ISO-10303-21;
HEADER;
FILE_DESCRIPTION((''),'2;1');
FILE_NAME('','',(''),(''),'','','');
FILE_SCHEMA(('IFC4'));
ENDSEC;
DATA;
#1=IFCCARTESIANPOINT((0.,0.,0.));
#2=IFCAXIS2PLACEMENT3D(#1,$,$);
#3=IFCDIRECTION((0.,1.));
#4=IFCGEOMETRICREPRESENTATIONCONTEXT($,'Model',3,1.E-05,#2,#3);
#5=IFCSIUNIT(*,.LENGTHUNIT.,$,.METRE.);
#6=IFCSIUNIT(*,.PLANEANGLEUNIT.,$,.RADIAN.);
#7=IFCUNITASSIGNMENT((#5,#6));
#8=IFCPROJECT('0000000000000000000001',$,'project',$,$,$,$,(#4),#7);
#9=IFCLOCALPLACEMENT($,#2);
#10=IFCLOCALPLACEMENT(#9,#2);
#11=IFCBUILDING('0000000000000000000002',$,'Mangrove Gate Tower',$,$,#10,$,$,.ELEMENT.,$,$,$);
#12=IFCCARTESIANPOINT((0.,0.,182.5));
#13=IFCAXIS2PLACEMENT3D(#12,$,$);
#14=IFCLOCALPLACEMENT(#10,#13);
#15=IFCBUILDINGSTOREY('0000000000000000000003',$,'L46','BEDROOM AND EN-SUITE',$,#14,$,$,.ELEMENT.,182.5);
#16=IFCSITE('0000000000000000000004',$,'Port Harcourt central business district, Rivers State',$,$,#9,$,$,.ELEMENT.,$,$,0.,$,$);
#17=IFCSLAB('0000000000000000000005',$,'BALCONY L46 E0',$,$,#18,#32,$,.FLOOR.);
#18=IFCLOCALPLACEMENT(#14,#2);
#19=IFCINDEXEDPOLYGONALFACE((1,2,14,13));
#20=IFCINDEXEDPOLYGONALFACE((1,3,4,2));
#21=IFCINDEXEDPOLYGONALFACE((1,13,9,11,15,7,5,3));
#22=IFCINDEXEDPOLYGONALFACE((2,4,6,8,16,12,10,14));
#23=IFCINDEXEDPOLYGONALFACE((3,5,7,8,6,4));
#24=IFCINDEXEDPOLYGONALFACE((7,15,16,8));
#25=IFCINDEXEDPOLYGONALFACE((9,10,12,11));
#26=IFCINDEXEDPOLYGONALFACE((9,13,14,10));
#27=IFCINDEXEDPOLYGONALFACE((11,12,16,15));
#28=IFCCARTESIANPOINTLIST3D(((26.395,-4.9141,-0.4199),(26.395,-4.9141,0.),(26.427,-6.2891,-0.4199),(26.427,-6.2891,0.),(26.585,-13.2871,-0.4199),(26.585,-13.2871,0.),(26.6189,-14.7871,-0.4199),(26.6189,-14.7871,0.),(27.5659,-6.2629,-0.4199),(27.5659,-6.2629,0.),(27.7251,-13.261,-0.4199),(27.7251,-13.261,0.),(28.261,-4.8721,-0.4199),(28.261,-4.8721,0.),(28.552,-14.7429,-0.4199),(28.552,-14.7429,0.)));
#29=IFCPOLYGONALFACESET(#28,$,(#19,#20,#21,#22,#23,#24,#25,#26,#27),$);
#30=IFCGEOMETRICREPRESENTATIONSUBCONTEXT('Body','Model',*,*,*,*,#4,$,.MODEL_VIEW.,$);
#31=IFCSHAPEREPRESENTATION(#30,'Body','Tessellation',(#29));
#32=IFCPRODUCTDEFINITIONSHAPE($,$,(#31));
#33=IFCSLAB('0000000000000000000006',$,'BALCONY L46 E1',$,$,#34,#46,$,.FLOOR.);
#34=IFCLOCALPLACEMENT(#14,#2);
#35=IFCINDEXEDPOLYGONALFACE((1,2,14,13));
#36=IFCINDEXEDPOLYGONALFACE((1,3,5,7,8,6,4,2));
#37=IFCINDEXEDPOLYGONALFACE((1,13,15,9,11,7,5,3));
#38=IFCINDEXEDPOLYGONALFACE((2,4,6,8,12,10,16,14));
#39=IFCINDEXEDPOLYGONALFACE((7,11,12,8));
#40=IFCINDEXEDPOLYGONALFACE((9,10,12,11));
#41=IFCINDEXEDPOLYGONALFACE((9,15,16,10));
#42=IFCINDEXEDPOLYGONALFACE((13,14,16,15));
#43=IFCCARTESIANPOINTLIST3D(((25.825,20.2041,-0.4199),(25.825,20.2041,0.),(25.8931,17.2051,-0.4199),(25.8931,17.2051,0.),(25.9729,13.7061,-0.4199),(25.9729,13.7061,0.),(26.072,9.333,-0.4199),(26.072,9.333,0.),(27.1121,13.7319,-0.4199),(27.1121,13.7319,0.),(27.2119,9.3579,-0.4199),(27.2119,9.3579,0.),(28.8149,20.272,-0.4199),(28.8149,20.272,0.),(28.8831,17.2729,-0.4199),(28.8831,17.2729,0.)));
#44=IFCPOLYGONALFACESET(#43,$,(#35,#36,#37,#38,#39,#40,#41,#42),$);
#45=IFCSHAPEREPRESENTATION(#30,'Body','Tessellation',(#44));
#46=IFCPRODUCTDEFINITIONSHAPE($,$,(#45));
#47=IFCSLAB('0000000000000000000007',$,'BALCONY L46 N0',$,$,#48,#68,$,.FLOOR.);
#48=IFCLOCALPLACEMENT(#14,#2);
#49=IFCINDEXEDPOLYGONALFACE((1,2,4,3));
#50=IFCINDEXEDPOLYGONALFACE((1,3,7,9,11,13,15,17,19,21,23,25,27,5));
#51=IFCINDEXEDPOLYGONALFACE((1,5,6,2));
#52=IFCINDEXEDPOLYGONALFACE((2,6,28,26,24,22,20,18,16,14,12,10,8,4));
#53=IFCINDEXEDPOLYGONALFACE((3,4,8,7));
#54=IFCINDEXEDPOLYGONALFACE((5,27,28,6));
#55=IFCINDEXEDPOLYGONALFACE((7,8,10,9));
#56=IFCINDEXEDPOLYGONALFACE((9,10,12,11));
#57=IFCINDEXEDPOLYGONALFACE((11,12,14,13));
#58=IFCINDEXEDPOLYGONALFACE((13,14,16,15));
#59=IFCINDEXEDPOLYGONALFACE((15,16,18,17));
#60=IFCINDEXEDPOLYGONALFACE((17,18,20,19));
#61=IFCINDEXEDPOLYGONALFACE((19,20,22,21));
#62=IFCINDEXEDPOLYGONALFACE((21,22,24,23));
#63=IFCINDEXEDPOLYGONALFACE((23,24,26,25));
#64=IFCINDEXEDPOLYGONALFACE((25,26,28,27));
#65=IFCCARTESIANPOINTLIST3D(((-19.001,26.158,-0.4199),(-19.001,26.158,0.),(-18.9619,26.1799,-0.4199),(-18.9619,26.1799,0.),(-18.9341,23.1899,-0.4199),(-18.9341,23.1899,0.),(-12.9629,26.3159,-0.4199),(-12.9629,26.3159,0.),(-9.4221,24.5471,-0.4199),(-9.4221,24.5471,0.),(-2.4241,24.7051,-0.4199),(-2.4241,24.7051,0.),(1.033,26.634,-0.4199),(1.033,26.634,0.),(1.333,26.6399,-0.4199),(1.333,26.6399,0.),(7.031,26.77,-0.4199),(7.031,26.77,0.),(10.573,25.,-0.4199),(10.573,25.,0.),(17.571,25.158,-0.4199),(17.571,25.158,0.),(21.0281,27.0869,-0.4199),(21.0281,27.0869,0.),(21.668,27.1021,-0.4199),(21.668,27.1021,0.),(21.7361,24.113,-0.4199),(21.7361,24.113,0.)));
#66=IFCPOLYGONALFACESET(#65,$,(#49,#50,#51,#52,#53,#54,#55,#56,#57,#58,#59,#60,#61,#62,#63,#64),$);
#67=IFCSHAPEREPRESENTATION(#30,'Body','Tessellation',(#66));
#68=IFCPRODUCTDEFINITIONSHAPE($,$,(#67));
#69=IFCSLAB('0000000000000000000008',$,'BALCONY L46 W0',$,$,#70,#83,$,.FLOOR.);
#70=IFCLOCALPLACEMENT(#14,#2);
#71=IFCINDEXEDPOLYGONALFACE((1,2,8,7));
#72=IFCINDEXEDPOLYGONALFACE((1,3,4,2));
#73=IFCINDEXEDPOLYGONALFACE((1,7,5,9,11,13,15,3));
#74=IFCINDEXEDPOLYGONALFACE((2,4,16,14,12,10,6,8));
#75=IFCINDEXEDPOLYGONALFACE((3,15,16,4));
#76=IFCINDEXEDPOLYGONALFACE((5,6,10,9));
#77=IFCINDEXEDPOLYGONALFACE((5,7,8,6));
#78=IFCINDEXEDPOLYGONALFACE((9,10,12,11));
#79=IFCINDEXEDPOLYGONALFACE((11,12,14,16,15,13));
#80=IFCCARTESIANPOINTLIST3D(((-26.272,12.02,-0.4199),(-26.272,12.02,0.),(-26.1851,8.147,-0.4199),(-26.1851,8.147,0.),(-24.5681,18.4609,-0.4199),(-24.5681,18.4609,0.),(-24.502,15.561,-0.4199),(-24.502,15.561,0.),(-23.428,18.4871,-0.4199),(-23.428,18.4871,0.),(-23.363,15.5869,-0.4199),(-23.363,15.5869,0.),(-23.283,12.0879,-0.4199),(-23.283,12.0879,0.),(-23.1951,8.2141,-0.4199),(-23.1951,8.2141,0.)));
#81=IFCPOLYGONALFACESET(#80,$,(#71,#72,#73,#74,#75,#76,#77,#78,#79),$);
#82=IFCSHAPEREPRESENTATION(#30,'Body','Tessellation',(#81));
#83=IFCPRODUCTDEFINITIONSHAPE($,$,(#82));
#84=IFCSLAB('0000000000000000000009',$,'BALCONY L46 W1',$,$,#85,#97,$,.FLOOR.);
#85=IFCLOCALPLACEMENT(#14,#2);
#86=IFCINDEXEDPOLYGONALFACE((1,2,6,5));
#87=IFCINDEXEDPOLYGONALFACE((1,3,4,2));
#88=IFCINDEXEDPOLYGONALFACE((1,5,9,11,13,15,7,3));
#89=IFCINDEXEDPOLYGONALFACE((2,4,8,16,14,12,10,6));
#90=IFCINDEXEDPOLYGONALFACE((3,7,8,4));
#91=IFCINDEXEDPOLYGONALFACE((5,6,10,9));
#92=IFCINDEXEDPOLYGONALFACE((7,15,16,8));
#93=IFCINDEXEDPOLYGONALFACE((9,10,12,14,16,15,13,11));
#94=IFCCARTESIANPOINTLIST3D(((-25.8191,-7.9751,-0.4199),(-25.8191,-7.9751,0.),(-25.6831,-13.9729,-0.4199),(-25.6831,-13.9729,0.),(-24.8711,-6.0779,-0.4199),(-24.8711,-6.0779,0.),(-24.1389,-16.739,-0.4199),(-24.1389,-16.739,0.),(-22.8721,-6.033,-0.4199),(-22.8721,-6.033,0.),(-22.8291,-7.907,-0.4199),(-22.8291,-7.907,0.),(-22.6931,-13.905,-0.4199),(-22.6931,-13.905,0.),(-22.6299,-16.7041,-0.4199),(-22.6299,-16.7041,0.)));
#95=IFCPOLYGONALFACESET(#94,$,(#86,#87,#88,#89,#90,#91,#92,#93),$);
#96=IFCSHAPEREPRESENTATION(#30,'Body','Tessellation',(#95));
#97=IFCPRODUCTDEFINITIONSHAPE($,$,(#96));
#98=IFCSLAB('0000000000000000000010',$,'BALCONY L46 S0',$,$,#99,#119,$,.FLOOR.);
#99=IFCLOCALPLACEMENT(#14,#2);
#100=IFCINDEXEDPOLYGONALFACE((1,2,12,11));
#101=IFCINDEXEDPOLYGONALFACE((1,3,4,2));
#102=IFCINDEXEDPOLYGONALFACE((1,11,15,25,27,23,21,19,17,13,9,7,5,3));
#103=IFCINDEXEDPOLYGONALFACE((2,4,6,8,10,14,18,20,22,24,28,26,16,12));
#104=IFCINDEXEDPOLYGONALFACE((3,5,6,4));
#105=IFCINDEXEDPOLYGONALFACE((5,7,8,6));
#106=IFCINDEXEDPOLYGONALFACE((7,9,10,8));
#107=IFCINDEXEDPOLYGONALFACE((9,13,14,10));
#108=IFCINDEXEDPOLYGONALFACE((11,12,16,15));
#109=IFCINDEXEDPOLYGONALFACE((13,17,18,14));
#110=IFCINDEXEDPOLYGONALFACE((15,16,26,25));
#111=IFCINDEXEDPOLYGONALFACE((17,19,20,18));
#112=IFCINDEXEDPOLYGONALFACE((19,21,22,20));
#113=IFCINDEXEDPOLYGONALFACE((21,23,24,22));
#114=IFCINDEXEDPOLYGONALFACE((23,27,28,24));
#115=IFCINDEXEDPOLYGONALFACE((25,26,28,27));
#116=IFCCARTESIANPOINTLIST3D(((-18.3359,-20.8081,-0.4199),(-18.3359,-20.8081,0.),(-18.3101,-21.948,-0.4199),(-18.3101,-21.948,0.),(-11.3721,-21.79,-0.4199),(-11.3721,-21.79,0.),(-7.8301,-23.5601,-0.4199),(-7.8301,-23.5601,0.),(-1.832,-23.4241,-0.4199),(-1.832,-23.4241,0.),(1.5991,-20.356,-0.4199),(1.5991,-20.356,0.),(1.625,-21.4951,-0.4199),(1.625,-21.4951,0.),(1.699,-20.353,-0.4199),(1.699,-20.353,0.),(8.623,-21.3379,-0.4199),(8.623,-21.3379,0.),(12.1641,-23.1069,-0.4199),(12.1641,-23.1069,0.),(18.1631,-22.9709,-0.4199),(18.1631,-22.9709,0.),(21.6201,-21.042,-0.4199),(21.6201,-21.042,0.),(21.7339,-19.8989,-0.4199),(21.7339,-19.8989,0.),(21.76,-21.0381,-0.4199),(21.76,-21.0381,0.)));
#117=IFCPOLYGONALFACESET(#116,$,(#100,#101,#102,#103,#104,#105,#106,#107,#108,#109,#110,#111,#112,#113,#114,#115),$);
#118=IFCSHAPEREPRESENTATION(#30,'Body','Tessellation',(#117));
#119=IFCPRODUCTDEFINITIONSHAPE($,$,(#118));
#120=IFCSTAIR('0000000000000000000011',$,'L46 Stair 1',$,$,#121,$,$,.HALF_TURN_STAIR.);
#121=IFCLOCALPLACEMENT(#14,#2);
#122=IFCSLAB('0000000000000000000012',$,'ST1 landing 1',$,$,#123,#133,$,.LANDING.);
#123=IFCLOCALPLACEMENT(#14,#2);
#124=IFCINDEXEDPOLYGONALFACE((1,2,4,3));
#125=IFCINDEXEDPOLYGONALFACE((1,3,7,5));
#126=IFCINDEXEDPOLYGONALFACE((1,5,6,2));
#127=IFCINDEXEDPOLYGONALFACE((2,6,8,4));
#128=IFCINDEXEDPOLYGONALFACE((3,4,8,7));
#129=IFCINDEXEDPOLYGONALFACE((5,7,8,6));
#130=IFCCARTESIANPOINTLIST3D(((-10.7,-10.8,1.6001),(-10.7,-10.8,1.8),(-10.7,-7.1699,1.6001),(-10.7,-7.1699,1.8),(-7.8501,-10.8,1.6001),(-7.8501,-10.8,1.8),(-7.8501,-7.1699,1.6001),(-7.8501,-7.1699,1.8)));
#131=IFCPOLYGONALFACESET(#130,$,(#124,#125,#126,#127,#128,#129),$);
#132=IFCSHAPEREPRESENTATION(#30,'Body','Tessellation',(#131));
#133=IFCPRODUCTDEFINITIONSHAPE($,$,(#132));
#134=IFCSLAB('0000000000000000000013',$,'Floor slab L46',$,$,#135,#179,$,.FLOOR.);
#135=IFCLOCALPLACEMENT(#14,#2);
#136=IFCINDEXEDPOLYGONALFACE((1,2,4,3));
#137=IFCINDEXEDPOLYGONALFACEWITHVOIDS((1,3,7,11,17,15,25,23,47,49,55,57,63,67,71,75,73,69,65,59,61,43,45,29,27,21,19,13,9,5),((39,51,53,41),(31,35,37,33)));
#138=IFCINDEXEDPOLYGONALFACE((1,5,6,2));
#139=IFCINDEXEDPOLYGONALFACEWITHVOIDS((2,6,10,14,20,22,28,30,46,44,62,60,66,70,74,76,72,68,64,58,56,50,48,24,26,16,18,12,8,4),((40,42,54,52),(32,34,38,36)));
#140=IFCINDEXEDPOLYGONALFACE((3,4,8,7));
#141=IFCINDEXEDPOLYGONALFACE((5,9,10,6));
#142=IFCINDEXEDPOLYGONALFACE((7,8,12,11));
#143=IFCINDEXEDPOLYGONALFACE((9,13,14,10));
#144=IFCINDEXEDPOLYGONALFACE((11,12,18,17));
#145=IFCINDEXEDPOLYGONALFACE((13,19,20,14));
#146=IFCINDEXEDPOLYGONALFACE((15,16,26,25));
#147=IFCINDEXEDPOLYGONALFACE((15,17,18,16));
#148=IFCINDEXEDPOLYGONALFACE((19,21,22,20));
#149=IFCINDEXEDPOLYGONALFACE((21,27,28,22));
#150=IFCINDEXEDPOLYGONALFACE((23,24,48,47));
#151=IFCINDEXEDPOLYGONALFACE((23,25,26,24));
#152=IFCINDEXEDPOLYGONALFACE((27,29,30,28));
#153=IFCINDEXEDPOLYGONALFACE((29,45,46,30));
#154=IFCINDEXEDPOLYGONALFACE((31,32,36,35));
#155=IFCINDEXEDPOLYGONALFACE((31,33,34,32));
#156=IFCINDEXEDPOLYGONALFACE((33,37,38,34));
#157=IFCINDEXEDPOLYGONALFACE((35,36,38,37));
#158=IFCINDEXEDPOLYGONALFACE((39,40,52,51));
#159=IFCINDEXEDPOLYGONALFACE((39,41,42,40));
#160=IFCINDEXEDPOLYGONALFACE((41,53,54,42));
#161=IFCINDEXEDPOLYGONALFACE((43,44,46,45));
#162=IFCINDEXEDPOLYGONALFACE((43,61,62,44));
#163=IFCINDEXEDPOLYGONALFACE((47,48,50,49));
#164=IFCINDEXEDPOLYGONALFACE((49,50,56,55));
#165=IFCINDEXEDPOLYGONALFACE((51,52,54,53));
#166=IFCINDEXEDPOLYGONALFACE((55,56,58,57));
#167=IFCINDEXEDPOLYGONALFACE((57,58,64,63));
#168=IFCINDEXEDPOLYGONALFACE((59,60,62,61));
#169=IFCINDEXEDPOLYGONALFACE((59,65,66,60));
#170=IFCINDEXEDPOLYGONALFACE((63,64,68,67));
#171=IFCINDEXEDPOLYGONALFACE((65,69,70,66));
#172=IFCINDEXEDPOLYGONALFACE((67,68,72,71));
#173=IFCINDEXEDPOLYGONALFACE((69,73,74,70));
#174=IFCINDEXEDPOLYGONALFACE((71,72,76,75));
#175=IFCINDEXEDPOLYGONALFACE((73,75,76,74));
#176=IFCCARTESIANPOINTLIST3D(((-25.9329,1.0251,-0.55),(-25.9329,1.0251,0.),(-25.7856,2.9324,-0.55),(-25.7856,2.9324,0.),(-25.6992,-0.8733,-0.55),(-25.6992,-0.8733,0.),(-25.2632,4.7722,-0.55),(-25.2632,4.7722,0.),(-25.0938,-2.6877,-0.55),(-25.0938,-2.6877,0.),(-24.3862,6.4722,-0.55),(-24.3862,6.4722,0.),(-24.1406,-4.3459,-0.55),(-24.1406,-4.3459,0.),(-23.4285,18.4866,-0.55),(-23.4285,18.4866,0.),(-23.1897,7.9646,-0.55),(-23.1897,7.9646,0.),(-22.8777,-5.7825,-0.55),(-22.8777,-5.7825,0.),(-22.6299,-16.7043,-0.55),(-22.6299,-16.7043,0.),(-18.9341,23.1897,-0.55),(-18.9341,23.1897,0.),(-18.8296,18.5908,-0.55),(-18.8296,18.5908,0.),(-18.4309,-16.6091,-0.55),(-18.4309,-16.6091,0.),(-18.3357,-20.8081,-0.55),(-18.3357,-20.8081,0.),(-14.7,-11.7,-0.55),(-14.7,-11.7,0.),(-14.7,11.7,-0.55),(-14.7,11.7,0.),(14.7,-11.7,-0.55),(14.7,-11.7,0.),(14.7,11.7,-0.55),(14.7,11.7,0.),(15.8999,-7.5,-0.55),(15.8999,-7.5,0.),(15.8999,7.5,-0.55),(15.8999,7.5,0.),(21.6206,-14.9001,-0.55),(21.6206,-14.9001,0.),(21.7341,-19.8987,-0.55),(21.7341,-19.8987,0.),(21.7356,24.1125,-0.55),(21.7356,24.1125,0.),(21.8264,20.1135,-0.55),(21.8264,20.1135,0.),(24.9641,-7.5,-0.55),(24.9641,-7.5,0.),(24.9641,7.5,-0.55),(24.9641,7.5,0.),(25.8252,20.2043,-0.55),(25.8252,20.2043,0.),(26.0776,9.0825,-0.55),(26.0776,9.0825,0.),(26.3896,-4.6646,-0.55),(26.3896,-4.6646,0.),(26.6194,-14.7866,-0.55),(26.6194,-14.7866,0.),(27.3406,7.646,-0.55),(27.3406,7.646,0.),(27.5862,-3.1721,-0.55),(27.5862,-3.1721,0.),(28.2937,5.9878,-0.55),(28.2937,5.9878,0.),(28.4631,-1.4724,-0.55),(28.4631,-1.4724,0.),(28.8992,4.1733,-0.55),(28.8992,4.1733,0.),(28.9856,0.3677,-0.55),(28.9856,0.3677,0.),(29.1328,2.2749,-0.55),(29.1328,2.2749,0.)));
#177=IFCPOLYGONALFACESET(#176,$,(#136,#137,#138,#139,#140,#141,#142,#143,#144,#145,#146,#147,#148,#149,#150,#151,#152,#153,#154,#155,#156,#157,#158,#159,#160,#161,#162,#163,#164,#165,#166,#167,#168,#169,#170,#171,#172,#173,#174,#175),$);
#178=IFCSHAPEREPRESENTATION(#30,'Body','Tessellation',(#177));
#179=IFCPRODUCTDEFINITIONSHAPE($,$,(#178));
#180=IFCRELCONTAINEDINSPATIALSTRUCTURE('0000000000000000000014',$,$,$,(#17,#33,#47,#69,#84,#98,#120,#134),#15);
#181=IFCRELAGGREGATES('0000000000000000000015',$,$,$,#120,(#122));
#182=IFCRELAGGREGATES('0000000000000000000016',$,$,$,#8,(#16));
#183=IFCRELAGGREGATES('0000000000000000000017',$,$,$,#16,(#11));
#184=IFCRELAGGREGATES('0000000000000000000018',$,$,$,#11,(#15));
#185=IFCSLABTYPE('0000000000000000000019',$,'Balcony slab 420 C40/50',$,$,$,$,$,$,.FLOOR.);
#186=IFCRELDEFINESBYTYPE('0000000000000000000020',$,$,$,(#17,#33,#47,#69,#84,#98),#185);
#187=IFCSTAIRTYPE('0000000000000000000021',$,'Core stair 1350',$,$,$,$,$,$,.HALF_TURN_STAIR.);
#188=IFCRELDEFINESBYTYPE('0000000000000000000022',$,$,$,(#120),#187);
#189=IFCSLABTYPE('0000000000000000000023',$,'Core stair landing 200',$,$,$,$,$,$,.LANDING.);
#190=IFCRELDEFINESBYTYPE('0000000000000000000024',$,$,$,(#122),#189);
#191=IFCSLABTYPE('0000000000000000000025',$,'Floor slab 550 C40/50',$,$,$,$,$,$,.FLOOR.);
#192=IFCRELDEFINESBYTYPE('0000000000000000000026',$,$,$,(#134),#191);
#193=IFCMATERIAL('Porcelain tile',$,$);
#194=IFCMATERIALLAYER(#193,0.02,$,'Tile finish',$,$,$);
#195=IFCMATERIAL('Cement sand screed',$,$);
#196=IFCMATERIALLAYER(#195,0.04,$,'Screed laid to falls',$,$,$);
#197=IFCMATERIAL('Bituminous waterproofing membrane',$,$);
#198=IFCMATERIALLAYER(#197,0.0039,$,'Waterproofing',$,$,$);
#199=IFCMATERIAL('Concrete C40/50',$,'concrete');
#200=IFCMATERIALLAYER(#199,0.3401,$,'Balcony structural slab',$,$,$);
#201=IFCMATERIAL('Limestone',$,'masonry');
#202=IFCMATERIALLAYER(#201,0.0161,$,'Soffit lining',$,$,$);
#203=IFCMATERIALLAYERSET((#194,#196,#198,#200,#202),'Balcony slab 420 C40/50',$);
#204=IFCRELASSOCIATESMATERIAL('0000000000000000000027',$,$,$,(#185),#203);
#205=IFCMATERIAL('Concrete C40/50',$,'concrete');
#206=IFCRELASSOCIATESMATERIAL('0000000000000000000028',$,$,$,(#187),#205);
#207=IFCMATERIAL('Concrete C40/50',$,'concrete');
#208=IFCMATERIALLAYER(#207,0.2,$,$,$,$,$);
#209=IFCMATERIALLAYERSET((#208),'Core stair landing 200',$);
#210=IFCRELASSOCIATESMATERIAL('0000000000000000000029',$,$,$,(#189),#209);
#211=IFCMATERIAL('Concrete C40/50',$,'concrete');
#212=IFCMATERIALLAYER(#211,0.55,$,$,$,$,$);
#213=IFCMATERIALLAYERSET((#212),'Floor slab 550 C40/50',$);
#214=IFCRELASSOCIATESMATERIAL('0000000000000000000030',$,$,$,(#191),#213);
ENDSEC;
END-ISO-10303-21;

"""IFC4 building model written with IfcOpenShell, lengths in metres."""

from ifc_helpers import new_model, si_unit, direction, frame, origin, place, context, subcontext, project, spatial, polyline, outline, extrude, material, layer, layer_set, type_object, element, aggregate, save


model = new_model("IFC4")

# Units and contexts
model_context = context("Model", 3, precision=1e-05, world=origin(), true_north=direction((0.0, 1.0)))
body_context = subcontext(model_context, "Body", "Model", "MODEL_VIEW")
ifc_project = project(units=[si_unit("LENGTHUNIT", "METRE"), si_unit("PLANEANGLEUNIT", "RADIAN")], contexts=[model_context])

# Site, building, storey
site_placement = place(None, origin())
site = spatial("IfcSite", under=ifc_project, at=site_placement, Name="Port Harcourt central business district, Rivers State", CompositionType="ELEMENT", RefElevation=0.0)
building_placement = place(site_placement, origin())
building = spatial("IfcBuilding", under=site, at=building_placement, Name="Mangrove Gate Tower", CompositionType="ELEMENT")
storey_placement = place(building_placement, frame((0.0, 0.0, 182.5)))
storey = spatial("IfcBuildingStorey", under=building, at=storey_placement, Name="L46", Description="BEDROOM AND EN-SUITE", CompositionType="ELEMENT", Elevation=182.5)

# Slabs
ifc_material_1 = material(Name="Porcelain tile")
ifc_layer_1 = layer(ifc_material_1, 0.02, Name="Tile finish")
ifc_material_2 = material(Name="Cement sand screed")
ifc_layer_2 = layer(ifc_material_2, 0.04, Name="Screed laid to falls")
ifc_material_3 = material(Name="Bituminous waterproofing membrane")
ifc_layer_3 = layer(ifc_material_3, 0.0039, Name="Waterproofing")
ifc_material_4 = material(Name="Concrete C40/50", Category="concrete")
ifc_layer_4 = layer(ifc_material_4, 0.3401, Name="Balcony structural slab")
ifc_material_5 = material(Name="Limestone", Category="masonry")
ifc_layer_5 = layer(ifc_material_5, 0.0161, Name="Soffit lining")
ifc_layer_set_1 = layer_set([ifc_layer_1, ifc_layer_2, ifc_layer_3, ifc_layer_4, ifc_layer_5], Name="Balcony slab 420 C40/50")
slab_type_1 = type_object("IfcSlabType", Name="Balcony slab 420 C40/50", PredefinedType="FLOOR", material=ifc_layer_set_1)
slab_1_placement = place(storey_placement, frame((0.0, 0.0, -0.4199)))
element("IfcSlab", 1, at=slab_1_placement, inside=storey, type_object=slab_type_1, Name="BALCONY L46 E0", PredefinedType="FLOOR", context=body_context, shape_type="SweptSolid", body=[
    extrude(outline(polyline([(28.552, -14.7429), (27.7251, -13.261), (27.5659, -6.2629), (28.261, -4.8721), (26.395, -4.9141), (26.427, -6.2891), (26.585, -13.2871), (26.6189, -14.7871), (28.552, -14.7429)])), origin(), (0.0, 0.0, 1.0), 0.4199),
])
slab_2_placement = place(storey_placement, frame((0.0, 0.0, -0.4199)))
element("IfcSlab", 2, at=slab_2_placement, inside=storey, type_object=slab_type_1, Name="BALCONY L46 E1", PredefinedType="FLOOR", context=body_context, shape_type="SweptSolid", body=[
    extrude(outline(polyline([(27.2119, 9.3579), (27.1121, 13.7319), (28.8831, 17.2729), (28.8149, 20.272), (25.825, 20.2041), (25.8931, 17.2051), (25.9729, 13.7061), (26.072, 9.333), (27.2119, 9.3579)])), origin(), (0.0, 0.0, 1.0), 0.4199),
])
slab_3_placement = place(storey_placement, frame((0.0, 0.0, -0.4199)))
element("IfcSlab", 3, at=slab_3_placement, inside=storey, type_object=slab_type_1, Name="BALCONY L46 N0", PredefinedType="FLOOR", context=body_context, shape_type="SweptSolid", body=[
    extrude(outline(polyline([(21.668, 27.1021), (21.0281, 27.0869), (17.571, 25.158), (10.573, 25.0), (7.031, 26.77), (1.333, 26.6399), (1.033, 26.634), (-2.4241, 24.7051), (-9.4221, 24.5471), (-12.9629, 26.3159), (-18.9619, 26.1799), (-19.001, 26.158), (-18.9341, 23.1899), (21.7361, 24.113), (21.668, 27.1021)])), origin(), (0.0, 0.0, 1.0), 0.4199),
])
slab_4_placement = place(storey_placement, frame((0.0, 0.0, -0.4199)))
element("IfcSlab", 4, at=slab_4_placement, inside=storey, type_object=slab_type_1, Name="BALCONY L46 W0", PredefinedType="FLOOR", context=body_context, shape_type="SweptSolid", body=[
    extrude(outline(polyline([(-24.5681, 18.4609), (-24.502, 15.561), (-26.272, 12.02), (-26.1851, 8.147), (-23.1951, 8.2141), (-23.283, 12.0879), (-23.363, 15.5869), (-23.428, 18.4871), (-24.5681, 18.4609)])), origin(), (0.0, 0.0, 1.0), 0.4199),
])
slab_5_placement = place(storey_placement, frame((0.0, 0.0, -0.4199)))
element("IfcSlab", 5, at=slab_5_placement, inside=storey, type_object=slab_type_1, Name="BALCONY L46 W1", PredefinedType="FLOOR", context=body_context, shape_type="SweptSolid", body=[
    extrude(outline(polyline([(-24.8711, -6.0779), (-25.8191, -7.9751), (-25.6831, -13.9729), (-24.1389, -16.739), (-22.6299, -16.7041), (-22.6931, -13.905), (-22.8291, -7.907), (-22.8721, -6.033), (-24.8711, -6.0779)])), origin(), (0.0, 0.0, 1.0), 0.4199),
])
slab_6_placement = place(storey_placement, frame((0.0, 0.0, -0.4199)))
element("IfcSlab", 6, at=slab_6_placement, inside=storey, type_object=slab_type_1, Name="BALCONY L46 S0", PredefinedType="FLOOR", context=body_context, shape_type="SweptSolid", body=[
    extrude(outline(polyline([(-18.3101, -21.948), (-11.3721, -21.79), (-7.8301, -23.5601), (-1.832, -23.4241), (1.625, -21.4951), (8.623, -21.3379), (12.1641, -23.1069), (18.1631, -22.9709), (21.6201, -21.042), (21.76, -21.0381), (21.7339, -19.8989), (1.699, -20.353), (1.5991, -20.356), (-18.3359, -20.8081), (-18.3101, -21.948)])), origin(), (0.0, 0.0, 1.0), 0.4199),
])

# Stair, slab
ifc_material_6 = material(Name="Concrete C40/50", Category="concrete")
stair_type = type_object("IfcStairType", Name="Core stair 1350", PredefinedType="HALF_TURN_STAIR", material=ifc_material_6)
stair_placement = place(storey_placement, origin())
stair = element("IfcStair", 7, at=stair_placement, inside=storey, type_object=stair_type, Name="L46 Stair 1", PredefinedType="HALF_TURN_STAIR")
ifc_material_7 = material(Name="Concrete C40/50", Category="concrete")
ifc_layer_6 = layer(ifc_material_7, 0.2)
ifc_layer_set_2 = layer_set([ifc_layer_6], Name="Core stair landing 200")
slab_type_2 = type_object("IfcSlabType", Name="Core stair landing 200", PredefinedType="LANDING", material=ifc_layer_set_2)
slab_7_placement = place(storey_placement, frame((0.0, 0.0, 1.6001)))
slab_7 = element("IfcSlab", 8, at=slab_7_placement, type_object=slab_type_2, Name="ST1 landing 1", PredefinedType="LANDING", context=body_context, shape_type="SweptSolid", body=[
    extrude(outline(polyline([(-10.7, -7.1699), (-10.7, -10.8), (-7.8501, -10.8), (-7.8501, -7.1699), (-10.7, -7.1699)])), origin(), (0.0, 0.0, 1.0), 0.2),
])
aggregate(stair, [slab_7])

# Slab
ifc_material_8 = material(Name="Concrete C40/50", Category="concrete")
ifc_layer_7 = layer(ifc_material_8, 0.55)
ifc_layer_set_3 = layer_set([ifc_layer_7], Name="Floor slab 550 C40/50")
slab_type_3 = type_object("IfcSlabType", Name="Floor slab 550 C40/50", PredefinedType="FLOOR", material=ifc_layer_set_3)
slab_8_placement = place(storey_placement, frame((0.0, 0.0, -0.55)))
element("IfcSlab", 9, at=slab_8_placement, inside=storey, type_object=slab_type_3, Name="Floor slab L46", PredefinedType="FLOOR", context=body_context, shape_type="SweptSolid", body=[
    extrude(outline(polyline([(-18.3357, -20.8081), (21.7341, -19.8987), (21.6206, -14.9001), (26.6194, -14.7866), (26.3896, -4.6646), (27.5862, -3.1721), (28.4631, -1.4724), (28.9856, 0.3677), (29.1328, 2.2749), (28.8992, 4.1733), (28.2937, 5.9878), (27.3406, 7.646), (26.0776, 9.0825), (25.8252, 20.2043), (21.8264, 20.1135), (21.7356, 24.1125), (-18.9341, 23.1897), (-18.8296, 18.5908), (-23.4285, 18.4866), (-23.1897, 7.9646), (-24.3862, 6.4722), (-25.2632, 4.7722), (-25.7856, 2.9324), (-25.9329, 1.0251), (-25.6992, -0.8733), (-25.0938, -2.6877), (-24.1406, -4.3459), (-22.8777, -5.7825), (-22.6299, -16.7043), (-18.4309, -16.6091), (-18.3357, -20.8081)]), holes=[polyline([(15.8999, 7.5), (24.9641, 7.5), (24.9641, -7.5), (15.8999, -7.5), (15.8999, 7.5)]), polyline([(-14.7, -11.7), (-14.7, 11.7), (14.7, 11.7), (14.7, -11.7), (-14.7, -11.7)])]), origin(), (0.0, 0.0, 1.0), 0.55),
])

save(model, "model.ifc")
